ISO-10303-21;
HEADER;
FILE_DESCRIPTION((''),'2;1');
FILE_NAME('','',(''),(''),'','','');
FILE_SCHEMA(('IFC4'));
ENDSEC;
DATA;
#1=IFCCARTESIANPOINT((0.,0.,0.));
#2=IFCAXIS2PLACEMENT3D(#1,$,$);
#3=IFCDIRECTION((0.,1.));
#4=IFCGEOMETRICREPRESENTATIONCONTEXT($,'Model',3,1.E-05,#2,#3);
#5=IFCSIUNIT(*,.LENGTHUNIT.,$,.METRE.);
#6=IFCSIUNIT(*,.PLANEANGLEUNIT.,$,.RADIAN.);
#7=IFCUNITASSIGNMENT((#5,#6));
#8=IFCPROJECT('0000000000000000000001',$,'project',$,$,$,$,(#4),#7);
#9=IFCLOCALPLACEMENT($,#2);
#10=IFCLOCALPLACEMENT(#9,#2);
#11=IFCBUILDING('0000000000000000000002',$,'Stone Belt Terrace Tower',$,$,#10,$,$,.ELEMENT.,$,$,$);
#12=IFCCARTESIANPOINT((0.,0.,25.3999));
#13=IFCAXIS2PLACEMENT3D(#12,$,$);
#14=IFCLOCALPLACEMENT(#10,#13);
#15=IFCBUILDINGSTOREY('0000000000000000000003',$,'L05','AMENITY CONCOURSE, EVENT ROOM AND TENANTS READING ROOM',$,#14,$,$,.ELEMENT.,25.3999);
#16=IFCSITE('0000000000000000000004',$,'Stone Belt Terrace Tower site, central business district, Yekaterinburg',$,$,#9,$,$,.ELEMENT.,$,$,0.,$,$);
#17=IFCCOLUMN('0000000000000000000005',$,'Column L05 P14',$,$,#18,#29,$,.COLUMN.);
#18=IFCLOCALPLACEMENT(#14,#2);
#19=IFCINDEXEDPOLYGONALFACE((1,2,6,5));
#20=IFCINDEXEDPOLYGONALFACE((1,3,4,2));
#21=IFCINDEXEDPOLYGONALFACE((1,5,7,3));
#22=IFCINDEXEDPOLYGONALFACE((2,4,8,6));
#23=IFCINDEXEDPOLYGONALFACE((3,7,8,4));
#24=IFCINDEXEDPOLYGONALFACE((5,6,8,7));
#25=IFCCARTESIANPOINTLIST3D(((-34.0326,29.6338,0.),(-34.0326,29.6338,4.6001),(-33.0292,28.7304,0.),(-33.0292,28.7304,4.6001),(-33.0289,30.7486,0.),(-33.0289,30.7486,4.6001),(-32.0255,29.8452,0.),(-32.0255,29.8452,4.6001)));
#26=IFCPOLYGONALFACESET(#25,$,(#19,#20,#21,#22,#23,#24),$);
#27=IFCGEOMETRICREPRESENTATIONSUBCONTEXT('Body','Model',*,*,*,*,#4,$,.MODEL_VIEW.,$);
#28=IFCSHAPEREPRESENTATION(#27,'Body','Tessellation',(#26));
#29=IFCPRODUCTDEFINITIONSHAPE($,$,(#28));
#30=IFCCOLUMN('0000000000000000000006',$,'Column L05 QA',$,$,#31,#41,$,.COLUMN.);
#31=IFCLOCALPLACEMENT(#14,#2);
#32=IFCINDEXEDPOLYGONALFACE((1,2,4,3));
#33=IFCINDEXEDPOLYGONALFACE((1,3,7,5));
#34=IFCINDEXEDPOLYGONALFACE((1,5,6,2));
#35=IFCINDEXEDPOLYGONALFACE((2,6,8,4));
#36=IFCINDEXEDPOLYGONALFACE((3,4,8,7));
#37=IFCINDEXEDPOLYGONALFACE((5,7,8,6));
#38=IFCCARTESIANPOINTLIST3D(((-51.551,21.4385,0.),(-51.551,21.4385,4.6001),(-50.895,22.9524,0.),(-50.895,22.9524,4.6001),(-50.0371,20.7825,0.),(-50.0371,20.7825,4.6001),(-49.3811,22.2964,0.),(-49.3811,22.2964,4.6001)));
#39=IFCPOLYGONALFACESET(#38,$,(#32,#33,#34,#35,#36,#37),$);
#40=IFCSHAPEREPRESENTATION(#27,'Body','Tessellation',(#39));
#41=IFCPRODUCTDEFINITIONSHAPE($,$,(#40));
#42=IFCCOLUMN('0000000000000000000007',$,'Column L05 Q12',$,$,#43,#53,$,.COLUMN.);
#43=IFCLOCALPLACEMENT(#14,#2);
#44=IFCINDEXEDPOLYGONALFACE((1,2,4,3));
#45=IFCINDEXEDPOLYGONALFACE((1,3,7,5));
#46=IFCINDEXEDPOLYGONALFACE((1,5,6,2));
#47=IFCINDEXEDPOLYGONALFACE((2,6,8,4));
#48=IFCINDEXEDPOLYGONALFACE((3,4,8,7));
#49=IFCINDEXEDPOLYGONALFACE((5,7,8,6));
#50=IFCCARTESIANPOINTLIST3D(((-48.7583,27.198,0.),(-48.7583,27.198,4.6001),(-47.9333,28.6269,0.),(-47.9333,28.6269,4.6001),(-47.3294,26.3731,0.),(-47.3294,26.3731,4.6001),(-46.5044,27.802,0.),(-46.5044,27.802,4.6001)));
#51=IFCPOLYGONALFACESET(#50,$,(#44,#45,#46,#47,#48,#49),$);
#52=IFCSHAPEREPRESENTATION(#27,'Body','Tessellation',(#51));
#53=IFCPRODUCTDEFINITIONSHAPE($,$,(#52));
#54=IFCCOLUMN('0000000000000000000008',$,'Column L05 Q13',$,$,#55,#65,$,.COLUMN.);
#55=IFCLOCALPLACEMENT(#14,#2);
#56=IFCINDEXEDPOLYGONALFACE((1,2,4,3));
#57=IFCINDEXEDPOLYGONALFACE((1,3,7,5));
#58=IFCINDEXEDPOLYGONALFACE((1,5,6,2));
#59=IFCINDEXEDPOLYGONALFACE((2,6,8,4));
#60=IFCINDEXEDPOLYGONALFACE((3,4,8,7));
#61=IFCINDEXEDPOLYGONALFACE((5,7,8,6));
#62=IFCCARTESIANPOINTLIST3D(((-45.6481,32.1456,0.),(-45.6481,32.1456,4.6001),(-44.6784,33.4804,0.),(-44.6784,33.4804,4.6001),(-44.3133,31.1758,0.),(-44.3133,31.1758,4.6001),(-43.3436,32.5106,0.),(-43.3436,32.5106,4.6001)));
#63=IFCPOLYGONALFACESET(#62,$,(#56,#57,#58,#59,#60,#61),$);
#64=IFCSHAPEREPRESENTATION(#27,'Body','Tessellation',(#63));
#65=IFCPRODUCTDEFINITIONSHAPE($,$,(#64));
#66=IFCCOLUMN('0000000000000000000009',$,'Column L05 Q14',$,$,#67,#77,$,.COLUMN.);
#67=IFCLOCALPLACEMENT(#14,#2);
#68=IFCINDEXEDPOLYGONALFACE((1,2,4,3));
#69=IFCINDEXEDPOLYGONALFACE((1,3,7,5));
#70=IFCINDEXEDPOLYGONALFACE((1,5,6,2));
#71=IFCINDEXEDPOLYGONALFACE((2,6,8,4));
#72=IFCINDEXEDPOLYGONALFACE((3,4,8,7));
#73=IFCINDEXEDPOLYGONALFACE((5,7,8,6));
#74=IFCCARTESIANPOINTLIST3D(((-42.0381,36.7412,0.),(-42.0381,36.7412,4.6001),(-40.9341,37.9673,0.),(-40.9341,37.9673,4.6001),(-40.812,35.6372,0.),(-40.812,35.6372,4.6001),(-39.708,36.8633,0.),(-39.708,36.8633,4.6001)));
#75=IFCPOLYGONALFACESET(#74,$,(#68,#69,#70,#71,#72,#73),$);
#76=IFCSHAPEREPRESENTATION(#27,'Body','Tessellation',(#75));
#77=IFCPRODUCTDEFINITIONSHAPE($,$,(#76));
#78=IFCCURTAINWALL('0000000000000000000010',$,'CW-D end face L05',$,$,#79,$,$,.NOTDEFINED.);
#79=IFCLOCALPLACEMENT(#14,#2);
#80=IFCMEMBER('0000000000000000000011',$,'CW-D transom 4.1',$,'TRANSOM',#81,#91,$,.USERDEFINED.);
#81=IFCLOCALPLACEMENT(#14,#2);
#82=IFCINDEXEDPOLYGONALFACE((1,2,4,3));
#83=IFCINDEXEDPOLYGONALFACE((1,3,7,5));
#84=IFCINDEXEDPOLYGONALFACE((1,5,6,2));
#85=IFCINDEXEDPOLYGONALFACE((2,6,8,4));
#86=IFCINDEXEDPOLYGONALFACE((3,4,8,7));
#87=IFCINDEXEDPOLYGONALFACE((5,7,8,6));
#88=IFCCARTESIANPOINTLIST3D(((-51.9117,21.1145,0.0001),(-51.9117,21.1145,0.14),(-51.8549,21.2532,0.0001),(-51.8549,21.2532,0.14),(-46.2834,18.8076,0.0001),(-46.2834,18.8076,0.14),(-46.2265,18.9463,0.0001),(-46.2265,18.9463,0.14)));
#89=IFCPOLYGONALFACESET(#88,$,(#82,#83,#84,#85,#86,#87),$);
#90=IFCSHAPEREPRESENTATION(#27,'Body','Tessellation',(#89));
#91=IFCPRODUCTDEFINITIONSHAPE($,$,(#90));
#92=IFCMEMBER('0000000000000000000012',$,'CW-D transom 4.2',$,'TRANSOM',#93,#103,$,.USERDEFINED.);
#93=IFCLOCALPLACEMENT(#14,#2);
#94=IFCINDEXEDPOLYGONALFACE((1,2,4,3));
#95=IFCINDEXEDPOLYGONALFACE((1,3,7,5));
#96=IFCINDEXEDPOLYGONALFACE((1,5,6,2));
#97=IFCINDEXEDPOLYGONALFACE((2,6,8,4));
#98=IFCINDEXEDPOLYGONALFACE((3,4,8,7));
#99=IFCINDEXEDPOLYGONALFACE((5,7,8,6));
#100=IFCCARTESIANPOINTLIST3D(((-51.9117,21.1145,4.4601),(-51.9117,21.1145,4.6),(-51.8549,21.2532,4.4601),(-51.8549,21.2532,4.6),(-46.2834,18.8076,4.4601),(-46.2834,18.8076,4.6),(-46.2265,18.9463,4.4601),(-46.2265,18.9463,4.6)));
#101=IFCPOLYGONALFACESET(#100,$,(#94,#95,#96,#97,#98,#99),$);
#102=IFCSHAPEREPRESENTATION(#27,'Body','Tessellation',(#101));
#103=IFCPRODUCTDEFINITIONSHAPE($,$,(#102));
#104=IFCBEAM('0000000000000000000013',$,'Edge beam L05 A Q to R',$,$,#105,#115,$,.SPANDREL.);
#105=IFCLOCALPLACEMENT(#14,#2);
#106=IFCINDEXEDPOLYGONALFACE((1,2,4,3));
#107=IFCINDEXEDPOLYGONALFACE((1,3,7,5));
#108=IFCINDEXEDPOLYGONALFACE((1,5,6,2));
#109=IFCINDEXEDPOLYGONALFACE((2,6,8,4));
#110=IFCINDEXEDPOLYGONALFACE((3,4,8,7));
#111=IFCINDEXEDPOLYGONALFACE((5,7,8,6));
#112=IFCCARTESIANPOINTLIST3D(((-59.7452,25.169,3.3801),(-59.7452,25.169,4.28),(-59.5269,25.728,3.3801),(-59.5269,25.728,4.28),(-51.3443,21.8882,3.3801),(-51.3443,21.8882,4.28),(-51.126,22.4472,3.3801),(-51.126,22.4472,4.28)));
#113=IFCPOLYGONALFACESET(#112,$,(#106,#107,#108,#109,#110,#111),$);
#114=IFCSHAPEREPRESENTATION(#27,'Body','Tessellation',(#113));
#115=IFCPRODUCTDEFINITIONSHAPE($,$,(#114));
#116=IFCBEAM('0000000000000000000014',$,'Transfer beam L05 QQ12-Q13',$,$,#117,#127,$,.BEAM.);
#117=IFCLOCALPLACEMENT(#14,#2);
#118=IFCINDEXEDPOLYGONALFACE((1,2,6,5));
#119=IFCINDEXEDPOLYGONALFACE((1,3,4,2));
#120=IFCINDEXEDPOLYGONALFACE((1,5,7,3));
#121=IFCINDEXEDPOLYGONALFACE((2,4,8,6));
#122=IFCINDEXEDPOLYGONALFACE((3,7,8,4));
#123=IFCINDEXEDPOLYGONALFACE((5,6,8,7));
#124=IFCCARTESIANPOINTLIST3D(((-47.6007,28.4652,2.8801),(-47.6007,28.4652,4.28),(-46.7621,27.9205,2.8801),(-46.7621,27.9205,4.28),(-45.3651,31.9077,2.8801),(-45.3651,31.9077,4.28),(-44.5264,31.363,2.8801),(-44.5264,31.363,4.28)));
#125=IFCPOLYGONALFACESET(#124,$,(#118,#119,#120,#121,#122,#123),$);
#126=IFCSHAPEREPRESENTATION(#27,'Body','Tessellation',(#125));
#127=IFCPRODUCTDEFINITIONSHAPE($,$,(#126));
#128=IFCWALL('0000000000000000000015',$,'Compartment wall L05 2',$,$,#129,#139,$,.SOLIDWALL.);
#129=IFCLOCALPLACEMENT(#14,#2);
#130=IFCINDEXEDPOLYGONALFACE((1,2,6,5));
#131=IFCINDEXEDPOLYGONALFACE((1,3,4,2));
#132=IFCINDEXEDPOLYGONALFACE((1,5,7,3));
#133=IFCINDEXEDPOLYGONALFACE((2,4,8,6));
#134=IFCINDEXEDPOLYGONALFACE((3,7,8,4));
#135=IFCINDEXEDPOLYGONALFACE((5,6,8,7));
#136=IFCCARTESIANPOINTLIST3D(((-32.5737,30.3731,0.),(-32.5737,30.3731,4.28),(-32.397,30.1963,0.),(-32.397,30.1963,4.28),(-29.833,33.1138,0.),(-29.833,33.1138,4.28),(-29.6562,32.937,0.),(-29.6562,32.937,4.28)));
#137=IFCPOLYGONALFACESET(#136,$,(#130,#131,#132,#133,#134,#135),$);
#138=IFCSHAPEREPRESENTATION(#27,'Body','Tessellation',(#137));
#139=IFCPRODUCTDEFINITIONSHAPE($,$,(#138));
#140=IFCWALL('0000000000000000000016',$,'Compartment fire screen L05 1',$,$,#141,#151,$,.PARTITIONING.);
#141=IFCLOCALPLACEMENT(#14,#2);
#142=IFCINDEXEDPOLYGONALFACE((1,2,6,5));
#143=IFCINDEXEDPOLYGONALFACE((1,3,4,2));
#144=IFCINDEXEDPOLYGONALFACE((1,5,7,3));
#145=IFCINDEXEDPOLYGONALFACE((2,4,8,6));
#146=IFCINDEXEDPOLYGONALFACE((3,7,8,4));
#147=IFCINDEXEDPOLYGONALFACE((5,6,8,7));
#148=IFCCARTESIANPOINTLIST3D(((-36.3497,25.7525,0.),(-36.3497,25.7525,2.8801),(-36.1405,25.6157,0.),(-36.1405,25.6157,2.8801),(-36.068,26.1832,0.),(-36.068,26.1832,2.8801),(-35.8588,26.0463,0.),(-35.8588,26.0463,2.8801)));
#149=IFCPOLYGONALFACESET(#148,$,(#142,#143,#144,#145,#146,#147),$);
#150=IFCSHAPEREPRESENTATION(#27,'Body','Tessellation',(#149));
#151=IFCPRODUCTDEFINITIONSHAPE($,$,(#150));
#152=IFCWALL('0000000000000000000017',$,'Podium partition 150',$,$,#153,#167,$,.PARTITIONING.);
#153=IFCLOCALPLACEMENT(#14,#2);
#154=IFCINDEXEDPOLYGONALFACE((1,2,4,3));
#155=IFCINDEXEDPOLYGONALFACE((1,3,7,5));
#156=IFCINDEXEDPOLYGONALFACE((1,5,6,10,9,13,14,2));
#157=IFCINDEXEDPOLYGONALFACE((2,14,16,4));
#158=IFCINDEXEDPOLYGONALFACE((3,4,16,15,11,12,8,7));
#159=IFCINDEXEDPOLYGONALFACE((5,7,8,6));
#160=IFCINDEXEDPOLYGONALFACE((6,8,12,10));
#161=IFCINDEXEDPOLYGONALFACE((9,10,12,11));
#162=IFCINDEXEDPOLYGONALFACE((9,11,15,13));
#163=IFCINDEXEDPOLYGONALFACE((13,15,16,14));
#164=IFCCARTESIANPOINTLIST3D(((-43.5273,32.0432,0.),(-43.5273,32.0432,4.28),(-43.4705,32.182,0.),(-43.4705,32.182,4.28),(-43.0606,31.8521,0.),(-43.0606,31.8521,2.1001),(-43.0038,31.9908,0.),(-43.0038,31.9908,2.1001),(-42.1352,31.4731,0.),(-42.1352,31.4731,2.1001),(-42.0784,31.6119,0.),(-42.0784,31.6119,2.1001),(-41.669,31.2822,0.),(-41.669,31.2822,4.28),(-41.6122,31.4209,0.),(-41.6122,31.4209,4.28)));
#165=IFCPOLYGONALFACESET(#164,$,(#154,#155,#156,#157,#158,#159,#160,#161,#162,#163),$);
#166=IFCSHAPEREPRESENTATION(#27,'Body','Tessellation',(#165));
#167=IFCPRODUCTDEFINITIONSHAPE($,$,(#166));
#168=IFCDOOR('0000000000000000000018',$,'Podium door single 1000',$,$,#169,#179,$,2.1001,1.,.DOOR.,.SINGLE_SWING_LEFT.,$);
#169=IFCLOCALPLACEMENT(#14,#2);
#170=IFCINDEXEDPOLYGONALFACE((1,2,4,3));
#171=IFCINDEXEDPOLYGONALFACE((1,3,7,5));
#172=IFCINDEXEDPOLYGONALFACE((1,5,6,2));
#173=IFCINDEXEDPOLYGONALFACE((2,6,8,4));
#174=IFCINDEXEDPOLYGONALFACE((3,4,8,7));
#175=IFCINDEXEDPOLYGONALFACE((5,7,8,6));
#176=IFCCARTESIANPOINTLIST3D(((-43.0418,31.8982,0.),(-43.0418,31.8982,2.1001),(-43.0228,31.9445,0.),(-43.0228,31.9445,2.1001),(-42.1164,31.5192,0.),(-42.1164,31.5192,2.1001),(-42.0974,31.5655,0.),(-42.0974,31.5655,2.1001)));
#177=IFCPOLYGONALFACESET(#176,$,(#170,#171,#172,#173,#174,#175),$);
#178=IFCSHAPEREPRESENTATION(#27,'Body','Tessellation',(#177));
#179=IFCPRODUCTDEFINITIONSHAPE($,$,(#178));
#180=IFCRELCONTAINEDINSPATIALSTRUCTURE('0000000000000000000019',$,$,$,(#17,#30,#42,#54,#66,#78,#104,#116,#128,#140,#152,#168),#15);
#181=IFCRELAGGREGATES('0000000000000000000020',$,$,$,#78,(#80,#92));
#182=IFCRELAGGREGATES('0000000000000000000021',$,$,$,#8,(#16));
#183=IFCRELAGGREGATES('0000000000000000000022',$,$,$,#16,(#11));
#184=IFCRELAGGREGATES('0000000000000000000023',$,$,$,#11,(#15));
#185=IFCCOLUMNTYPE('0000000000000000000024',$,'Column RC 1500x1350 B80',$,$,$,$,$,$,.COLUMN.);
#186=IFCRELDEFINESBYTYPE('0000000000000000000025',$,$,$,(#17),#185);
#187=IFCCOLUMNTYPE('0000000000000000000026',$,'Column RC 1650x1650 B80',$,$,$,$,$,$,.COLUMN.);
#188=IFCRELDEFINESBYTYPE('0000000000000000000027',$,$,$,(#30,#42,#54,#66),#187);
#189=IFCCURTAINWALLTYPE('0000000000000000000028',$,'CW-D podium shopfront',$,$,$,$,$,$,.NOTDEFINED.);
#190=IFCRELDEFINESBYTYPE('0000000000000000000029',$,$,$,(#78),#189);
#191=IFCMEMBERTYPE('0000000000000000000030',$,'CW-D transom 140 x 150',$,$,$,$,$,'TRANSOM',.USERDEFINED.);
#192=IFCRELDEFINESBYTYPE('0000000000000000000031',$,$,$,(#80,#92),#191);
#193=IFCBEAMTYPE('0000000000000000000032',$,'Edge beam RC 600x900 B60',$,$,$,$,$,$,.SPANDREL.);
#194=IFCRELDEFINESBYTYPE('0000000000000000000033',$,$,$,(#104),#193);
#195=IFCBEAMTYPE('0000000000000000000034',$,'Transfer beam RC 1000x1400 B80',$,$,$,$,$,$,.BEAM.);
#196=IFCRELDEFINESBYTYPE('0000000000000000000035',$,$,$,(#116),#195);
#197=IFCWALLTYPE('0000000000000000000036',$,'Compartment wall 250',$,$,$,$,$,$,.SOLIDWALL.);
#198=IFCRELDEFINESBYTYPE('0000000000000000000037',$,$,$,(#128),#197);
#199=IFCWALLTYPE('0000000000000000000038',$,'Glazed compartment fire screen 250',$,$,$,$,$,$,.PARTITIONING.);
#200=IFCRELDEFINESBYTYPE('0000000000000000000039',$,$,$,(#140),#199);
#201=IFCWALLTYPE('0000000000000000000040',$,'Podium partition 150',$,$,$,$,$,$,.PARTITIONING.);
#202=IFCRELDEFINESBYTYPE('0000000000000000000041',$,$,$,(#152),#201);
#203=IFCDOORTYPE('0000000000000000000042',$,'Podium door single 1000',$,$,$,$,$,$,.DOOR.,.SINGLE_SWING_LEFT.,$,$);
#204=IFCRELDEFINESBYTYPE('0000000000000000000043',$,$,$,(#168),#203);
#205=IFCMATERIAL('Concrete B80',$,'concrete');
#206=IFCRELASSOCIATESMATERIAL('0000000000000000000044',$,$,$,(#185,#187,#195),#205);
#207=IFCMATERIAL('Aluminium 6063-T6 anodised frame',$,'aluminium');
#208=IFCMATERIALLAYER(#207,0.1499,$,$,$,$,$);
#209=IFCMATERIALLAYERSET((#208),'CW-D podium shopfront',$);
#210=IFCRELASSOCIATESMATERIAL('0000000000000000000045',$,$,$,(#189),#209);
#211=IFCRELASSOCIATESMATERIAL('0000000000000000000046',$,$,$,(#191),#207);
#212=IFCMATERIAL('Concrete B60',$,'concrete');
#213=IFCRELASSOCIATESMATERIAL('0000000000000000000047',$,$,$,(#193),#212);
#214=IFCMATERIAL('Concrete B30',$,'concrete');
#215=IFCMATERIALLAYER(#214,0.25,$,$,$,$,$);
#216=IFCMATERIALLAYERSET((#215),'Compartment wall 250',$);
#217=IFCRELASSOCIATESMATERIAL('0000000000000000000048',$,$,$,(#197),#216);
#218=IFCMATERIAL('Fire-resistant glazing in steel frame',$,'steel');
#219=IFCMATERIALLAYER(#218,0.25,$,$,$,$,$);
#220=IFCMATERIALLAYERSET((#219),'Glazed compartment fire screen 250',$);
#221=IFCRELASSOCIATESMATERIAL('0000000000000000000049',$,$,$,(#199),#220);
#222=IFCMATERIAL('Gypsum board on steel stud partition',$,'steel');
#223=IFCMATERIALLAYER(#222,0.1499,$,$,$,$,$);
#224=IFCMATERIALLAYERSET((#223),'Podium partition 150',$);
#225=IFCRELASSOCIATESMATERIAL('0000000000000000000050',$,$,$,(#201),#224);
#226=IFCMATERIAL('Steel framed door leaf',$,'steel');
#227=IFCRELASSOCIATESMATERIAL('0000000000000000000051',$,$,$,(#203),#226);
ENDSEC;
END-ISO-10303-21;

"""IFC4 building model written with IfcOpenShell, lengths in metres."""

from ifc_helpers import new_model, si_unit, direction, frame, frame_2d, origin, origin_2d, place, context, subcontext, project, spatial, rectangle, extrude, material, layer, layer_set, material_profile, profile_set, type_object, element, fill, aggregate, save


model = new_model("IFC4")

# Units and contexts
model_context = context("Model", 3, precision=1e-05, world=origin(), true_north=direction((0.0, 1.0)))
body_context = subcontext(model_context, "Body", "Model", "MODEL_VIEW")
ifc_project = project(units=[si_unit("LENGTHUNIT", "METRE"), si_unit("PLANEANGLEUNIT", "RADIAN")], contexts=[model_context])

# Site, building, storey
site_placement = place(None, origin())
site = spatial("IfcSite", under=ifc_project, at=site_placement, Name="Stone Belt Terrace Tower site, central business district, Yekaterinburg", CompositionType="ELEMENT", RefElevation=0.0)
building_placement = place(site_placement, origin())
building = spatial("IfcBuilding", under=site, at=building_placement, Name="Stone Belt Terrace Tower", CompositionType="ELEMENT")
storey_placement = place(building_placement, frame((0.0, 0.0, 25.3999)))
storey = spatial("IfcBuildingStorey", under=building, at=storey_placement, Name="L05", Description="AMENITY CONCOURSE, EVENT ROOM AND TENANTS READING ROOM", CompositionType="ELEMENT", Elevation=25.3999)

# Columns
ifc_material_1 = material(Name="Concrete B80", Category="concrete")
ifc_material_profile_1 = material_profile(ifc_material_1, rectangle(XDim=1.5, YDim=1.3501, at=origin_2d()), Name="RC 1500x1350")
ifc_profile_set_1 = profile_set([ifc_material_profile_1], Name="Concrete B80")
column_type_1 = type_object("IfcColumnType", Name="Column RC 1500x1350 B80", PredefinedType="COLUMN", material=ifc_profile_set_1)
column_placement = place(storey_placement, frame((-33.0291, 29.7395, 0.0), z_axis=(0.0, 0.0, 1.0), x_axis=(0.669131, 0.743145, 0.0)))
element("IfcColumn", 1, at=column_placement, inside=storey, type_object=column_type_1, Name="Column L05 P14", PredefinedType="COLUMN", context=body_context, shape_type="SweptSolid", body=[
    extrude(rectangle(XDim=1.5, YDim=1.3501, at=origin_2d()), origin(), (0.0, 0.0, 1.0), 4.6001),
])
ifc_material_profile_2 = material_profile(ifc_material_1, rectangle(XDim=1.6499, YDim=1.6499, at=origin_2d()), Name="RC 1650x1650")
ifc_profile_set_2 = profile_set([ifc_material_profile_2], Name="Concrete B80")
column_type_2 = type_object("IfcColumnType", Name="Column RC 1650x1650 B80", PredefinedType="COLUMN", material=ifc_profile_set_2)
for number, where, z_axis, x_axis, name in (
    (2, (-50.4661, 21.8674, 0.0), (0.0, 0.0, 1.0), (0.397588, 0.917564, 0.0), "Column L05 QA"),
    (3, (-47.6313, 27.5, 0.0), (0.0, 0.0, 1.0), (0.5, 0.866025, 0.0), "Column L05 Q12"),
    (4, (-44.4958, 32.3281, 0.0), (0.0, 0.0, 1.0), (0.587785, 0.809017, 0.0), "Column L05 Q13"),
    (5, (-40.873, 36.8022, 0.0), (0.0, 0.0, 1.0), (0.669131, 0.743145, 0.0), "Column L05 Q14"),
):
    element("IfcColumn", number, at=place(storey_placement, frame(where, z_axis=z_axis, x_axis=x_axis)), inside=storey, type_object=column_type_2, Name=name, PredefinedType="COLUMN", context=body_context, shape_type="SweptSolid", body=[
        extrude(rectangle(XDim=1.6499, YDim=1.6499, at=origin_2d()), origin(), (0.0, 0.0, 1.0), 4.6001),
    ])

# Curtain wall, members
ifc_material_2 = material(Name="Aluminium 6063-T6 anodised frame", Category="aluminium")
ifc_layer_1 = layer(ifc_material_2, 0.1499)
ifc_layer_set_1 = layer_set([ifc_layer_1], Name="CW-D podium shopfront")
curtain_wall_type = type_object("IfcCurtainWallType", Name="CW-D podium shopfront", PredefinedType="NOTDEFINED", material=ifc_layer_set_1)
curtain_wall_placement = place(storey_placement, origin())
curtain_wall = element("IfcCurtainWall", 6, at=curtain_wall_placement, inside=storey, type_object=curtain_wall_type, Name="CW-D end face L05", PredefinedType="NOTDEFINED")
ifc_material_profile_3 = material_profile(ifc_material_2, rectangle(XDim=0.1499, YDim=0.1399, at=origin_2d()), Name="Aluminium 6063-T6 150x140")
ifc_profile_set_3 = profile_set([ifc_material_profile_3], Name="Aluminium 6063-T6 anodised frame")
member_type = type_object("IfcMemberType", Name="CW-D transom 140 x 150", ElementType="TRANSOM", PredefinedType="USERDEFINED", material=ifc_profile_set_3)
member_1_placement = place(storey_placement, frame((-51.8833, 21.1838, 0.0701), z_axis=(0.925296, -0.379245, 0.0), x_axis=(0.379245, 0.925296, 0.0)))
member_1 = element("IfcMember", 7, at=member_1_placement, type_object=member_type, Name="CW-D transom 4.1", ObjectType="TRANSOM", PredefinedType="USERDEFINED", context=body_context, shape_type="SweptSolid", body=[
    extrude(rectangle(XDim=0.1499, YDim=0.1399, at=origin_2d()), origin(), (0.0, 0.0, 1.0), 6.0828),
])
member_2_placement = place(storey_placement, frame((-51.8833, 21.1838, 4.53), z_axis=(0.925296, -0.379245, 0.0), x_axis=(0.379245, 0.925296, 0.0)))
member_2 = element("IfcMember", 8, at=member_2_placement, type_object=member_type, Name="CW-D transom 4.2", ObjectType="TRANSOM", PredefinedType="USERDEFINED", context=body_context, shape_type="SweptSolid", body=[
    extrude(rectangle(XDim=0.1499, YDim=0.1399, at=origin_2d()), origin(), (0.0, 0.0, 1.0), 6.0828),
])
aggregate(curtain_wall, [member_1, member_2])

# Beams
ifc_material_3 = material(Name="Concrete B60", Category="concrete")
ifc_material_profile_4 = material_profile(ifc_material_3, rectangle(XDim=0.6001, YDim=0.8999, at=origin_2d()), Name="RC 600x900")
ifc_profile_set_4 = profile_set([ifc_material_profile_4], Name="Concrete B60")
beam_type_1 = type_object("IfcBeamType", Name="Edge beam RC 600x900 B60", PredefinedType="SPANDREL", material=ifc_profile_set_4)
beam_1_placement = place(storey_placement, frame((-51.2351, 22.1677, 3.8301), z_axis=(-0.931489, 0.363771, 0.0), x_axis=(-0.363771, -0.931489, 0.0)))
element("IfcBeam", 9, at=beam_1_placement, inside=storey, type_object=beam_type_1, Name="Edge beam L05 A Q to R", PredefinedType="SPANDREL", context=body_context, shape_type="SweptSolid", body=[
    extrude(rectangle(XDim=0.6001, YDim=0.8999, at=origin_2d()), origin(), (0.0, 0.0, 1.0), 9.0188),
])
ifc_material_profile_5 = material_profile(ifc_material_1, rectangle(XDim=1.0, YDim=1.3999, at=origin_2d()), Name="RC 1000x1400")
ifc_profile_set_5 = profile_set([ifc_material_profile_5], Name="Concrete B80")
beam_type_2 = type_object("IfcBeamType", Name="Transfer beam RC 1000x1400 B80", PredefinedType="BEAM", material=ifc_profile_set_5)
beam_2_placement = place(storey_placement, frame((-47.1814, 28.1929, 3.5801), z_axis=(0.544654, 0.838661, 0.0), x_axis=(-0.838661, 0.544654, 0.0)))
element("IfcBeam", 10, at=beam_2_placement, inside=storey, type_object=beam_type_2, Name="Transfer beam L05 QQ12-Q13", PredefinedType="BEAM", context=body_context, shape_type="SweptSolid", body=[
    extrude(rectangle(XDim=1.0, YDim=1.3999, at=origin_2d()), origin(), (0.0, 0.0, 1.0), 4.1047),
])

# Walls
ifc_material_4 = material(Name="Concrete B30", Category="concrete")
ifc_layer_2 = layer(ifc_material_4, 0.25)
ifc_layer_set_2 = layer_set([ifc_layer_2], Name="Compartment wall 250")
wall_type_1 = type_object("IfcWallType", Name="Compartment wall 250", PredefinedType="SOLIDWALL", material=ifc_layer_set_2)
wall_1_placement = place(storey_placement, frame((-32.4854, 30.2847, 0.0), z_axis=(0.0, 0.0, 1.0), x_axis=(0.707107, 0.707107, 0.0)))
element("IfcWall", 11, at=wall_1_placement, inside=storey, type_object=wall_type_1, Name="Compartment wall L05 2", PredefinedType="SOLIDWALL", context=body_context, shape_type="SweptSolid", body=[
    extrude(rectangle(XDim=3.876, YDim=0.25, at=frame_2d((1.938, 0.0))), origin(), (0.0, 0.0, 1.0), 4.28),
])
ifc_material_5 = material(Name="Fire-resistant glazing in steel frame", Category="steel")
ifc_layer_3 = layer(ifc_material_5, 0.25)
ifc_layer_set_3 = layer_set([ifc_layer_3], Name="Glazed compartment fire screen 250")
wall_type_2 = type_object("IfcWallType", Name="Glazed compartment fire screen 250", PredefinedType="PARTITIONING", material=ifc_layer_set_3)
wall_2_placement = place(storey_placement, frame((-36.2451, 25.6841, 0.0), z_axis=(0.0, 0.0, 1.0), x_axis=(0.547454, 0.836836, 0.0)))
element("IfcWall", 12, at=wall_2_placement, inside=storey, type_object=wall_type_2, Name="Compartment fire screen L05 1", PredefinedType="PARTITIONING", context=body_context, shape_type="SweptSolid", body=[
    extrude(rectangle(XDim=0.5146, YDim=0.25, at=frame_2d((0.2573, 0.0))), origin(), (0.0, 0.0, 1.0), 2.8801),
])

# Wall, opening, door
ifc_material_6 = material(Name="Gypsum board on steel stud partition", Category="steel")
ifc_layer_4 = layer(ifc_material_6, 0.1499)
ifc_layer_set_4 = layer_set([ifc_layer_4], Name="Podium partition 150")
wall_type_3 = type_object("IfcWallType", Name="Podium partition 150", PredefinedType="PARTITIONING", material=ifc_layer_set_4)
wall_3_placement = place(storey_placement, frame((-43.4988, 32.1125, 0.0), z_axis=(0.0, 0.0, 1.0), x_axis=(0.925402, -0.378988, 0.0)))
wall_3 = element("IfcWall", 13, at=wall_3_placement, inside=storey, type_object=wall_type_3, Name="Podium partition 150", PredefinedType="PARTITIONING", context=body_context, shape_type="SweptSolid", body=[
    extrude(rectangle(XDim=2.0081, YDim=0.1499, at=frame_2d((1.0039, 0.0))), origin(), (0.0, 0.0, 1.0), 4.28),
])
opening_1_placement = place(wall_3_placement, frame((0.5042, 0.0, 0.0)))
opening_1 = element("IfcOpeningElement", 14, at=opening_1_placement, cuts=wall_3, PredefinedType="OPENING", context=body_context, shape_type="SweptSolid", body=[
    extrude(rectangle(XDim=1.0, YDim=2.1001, at=frame_2d((0.5, 1.05))), frame((0.0, 0.085, 0.0), z_axis=(0.0, -1.0, 0.0), x_axis=(1.0, 0.0, 0.0)), (0.0, 0.0, 1.0), 0.1699),
])
ifc_material_7 = material(Name="Steel framed door leaf", Category="steel")
door_type_1 = type_object("IfcDoorType", Name="Podium door single 1000", OperationType="SINGLE_SWING_LEFT", PredefinedType="DOOR", material=ifc_material_7)
door_1_placement = place(opening_1_placement, origin())
door_1 = element("IfcDoor", 15, at=door_1_placement, inside=storey, type_object=door_type_1, Name="Podium door single 1000", OperationType="SINGLE_SWING_LEFT", OverallHeight=2.1001, OverallWidth=1.0, PredefinedType="DOOR", context=body_context, shape_type="SweptSolid", body=[
    extrude(rectangle(XDim=1.0, YDim=2.1001, at=frame_2d((0.5, 1.05))), frame((0.0, 0.0249, 0.0), z_axis=(0.0, -1.0, 0.0), x_axis=(1.0, 0.0, 0.0)), (0.0, 0.0, 1.0), 0.05),
])
fill(opening_1, door_1)

save(model, "model.ifc")
